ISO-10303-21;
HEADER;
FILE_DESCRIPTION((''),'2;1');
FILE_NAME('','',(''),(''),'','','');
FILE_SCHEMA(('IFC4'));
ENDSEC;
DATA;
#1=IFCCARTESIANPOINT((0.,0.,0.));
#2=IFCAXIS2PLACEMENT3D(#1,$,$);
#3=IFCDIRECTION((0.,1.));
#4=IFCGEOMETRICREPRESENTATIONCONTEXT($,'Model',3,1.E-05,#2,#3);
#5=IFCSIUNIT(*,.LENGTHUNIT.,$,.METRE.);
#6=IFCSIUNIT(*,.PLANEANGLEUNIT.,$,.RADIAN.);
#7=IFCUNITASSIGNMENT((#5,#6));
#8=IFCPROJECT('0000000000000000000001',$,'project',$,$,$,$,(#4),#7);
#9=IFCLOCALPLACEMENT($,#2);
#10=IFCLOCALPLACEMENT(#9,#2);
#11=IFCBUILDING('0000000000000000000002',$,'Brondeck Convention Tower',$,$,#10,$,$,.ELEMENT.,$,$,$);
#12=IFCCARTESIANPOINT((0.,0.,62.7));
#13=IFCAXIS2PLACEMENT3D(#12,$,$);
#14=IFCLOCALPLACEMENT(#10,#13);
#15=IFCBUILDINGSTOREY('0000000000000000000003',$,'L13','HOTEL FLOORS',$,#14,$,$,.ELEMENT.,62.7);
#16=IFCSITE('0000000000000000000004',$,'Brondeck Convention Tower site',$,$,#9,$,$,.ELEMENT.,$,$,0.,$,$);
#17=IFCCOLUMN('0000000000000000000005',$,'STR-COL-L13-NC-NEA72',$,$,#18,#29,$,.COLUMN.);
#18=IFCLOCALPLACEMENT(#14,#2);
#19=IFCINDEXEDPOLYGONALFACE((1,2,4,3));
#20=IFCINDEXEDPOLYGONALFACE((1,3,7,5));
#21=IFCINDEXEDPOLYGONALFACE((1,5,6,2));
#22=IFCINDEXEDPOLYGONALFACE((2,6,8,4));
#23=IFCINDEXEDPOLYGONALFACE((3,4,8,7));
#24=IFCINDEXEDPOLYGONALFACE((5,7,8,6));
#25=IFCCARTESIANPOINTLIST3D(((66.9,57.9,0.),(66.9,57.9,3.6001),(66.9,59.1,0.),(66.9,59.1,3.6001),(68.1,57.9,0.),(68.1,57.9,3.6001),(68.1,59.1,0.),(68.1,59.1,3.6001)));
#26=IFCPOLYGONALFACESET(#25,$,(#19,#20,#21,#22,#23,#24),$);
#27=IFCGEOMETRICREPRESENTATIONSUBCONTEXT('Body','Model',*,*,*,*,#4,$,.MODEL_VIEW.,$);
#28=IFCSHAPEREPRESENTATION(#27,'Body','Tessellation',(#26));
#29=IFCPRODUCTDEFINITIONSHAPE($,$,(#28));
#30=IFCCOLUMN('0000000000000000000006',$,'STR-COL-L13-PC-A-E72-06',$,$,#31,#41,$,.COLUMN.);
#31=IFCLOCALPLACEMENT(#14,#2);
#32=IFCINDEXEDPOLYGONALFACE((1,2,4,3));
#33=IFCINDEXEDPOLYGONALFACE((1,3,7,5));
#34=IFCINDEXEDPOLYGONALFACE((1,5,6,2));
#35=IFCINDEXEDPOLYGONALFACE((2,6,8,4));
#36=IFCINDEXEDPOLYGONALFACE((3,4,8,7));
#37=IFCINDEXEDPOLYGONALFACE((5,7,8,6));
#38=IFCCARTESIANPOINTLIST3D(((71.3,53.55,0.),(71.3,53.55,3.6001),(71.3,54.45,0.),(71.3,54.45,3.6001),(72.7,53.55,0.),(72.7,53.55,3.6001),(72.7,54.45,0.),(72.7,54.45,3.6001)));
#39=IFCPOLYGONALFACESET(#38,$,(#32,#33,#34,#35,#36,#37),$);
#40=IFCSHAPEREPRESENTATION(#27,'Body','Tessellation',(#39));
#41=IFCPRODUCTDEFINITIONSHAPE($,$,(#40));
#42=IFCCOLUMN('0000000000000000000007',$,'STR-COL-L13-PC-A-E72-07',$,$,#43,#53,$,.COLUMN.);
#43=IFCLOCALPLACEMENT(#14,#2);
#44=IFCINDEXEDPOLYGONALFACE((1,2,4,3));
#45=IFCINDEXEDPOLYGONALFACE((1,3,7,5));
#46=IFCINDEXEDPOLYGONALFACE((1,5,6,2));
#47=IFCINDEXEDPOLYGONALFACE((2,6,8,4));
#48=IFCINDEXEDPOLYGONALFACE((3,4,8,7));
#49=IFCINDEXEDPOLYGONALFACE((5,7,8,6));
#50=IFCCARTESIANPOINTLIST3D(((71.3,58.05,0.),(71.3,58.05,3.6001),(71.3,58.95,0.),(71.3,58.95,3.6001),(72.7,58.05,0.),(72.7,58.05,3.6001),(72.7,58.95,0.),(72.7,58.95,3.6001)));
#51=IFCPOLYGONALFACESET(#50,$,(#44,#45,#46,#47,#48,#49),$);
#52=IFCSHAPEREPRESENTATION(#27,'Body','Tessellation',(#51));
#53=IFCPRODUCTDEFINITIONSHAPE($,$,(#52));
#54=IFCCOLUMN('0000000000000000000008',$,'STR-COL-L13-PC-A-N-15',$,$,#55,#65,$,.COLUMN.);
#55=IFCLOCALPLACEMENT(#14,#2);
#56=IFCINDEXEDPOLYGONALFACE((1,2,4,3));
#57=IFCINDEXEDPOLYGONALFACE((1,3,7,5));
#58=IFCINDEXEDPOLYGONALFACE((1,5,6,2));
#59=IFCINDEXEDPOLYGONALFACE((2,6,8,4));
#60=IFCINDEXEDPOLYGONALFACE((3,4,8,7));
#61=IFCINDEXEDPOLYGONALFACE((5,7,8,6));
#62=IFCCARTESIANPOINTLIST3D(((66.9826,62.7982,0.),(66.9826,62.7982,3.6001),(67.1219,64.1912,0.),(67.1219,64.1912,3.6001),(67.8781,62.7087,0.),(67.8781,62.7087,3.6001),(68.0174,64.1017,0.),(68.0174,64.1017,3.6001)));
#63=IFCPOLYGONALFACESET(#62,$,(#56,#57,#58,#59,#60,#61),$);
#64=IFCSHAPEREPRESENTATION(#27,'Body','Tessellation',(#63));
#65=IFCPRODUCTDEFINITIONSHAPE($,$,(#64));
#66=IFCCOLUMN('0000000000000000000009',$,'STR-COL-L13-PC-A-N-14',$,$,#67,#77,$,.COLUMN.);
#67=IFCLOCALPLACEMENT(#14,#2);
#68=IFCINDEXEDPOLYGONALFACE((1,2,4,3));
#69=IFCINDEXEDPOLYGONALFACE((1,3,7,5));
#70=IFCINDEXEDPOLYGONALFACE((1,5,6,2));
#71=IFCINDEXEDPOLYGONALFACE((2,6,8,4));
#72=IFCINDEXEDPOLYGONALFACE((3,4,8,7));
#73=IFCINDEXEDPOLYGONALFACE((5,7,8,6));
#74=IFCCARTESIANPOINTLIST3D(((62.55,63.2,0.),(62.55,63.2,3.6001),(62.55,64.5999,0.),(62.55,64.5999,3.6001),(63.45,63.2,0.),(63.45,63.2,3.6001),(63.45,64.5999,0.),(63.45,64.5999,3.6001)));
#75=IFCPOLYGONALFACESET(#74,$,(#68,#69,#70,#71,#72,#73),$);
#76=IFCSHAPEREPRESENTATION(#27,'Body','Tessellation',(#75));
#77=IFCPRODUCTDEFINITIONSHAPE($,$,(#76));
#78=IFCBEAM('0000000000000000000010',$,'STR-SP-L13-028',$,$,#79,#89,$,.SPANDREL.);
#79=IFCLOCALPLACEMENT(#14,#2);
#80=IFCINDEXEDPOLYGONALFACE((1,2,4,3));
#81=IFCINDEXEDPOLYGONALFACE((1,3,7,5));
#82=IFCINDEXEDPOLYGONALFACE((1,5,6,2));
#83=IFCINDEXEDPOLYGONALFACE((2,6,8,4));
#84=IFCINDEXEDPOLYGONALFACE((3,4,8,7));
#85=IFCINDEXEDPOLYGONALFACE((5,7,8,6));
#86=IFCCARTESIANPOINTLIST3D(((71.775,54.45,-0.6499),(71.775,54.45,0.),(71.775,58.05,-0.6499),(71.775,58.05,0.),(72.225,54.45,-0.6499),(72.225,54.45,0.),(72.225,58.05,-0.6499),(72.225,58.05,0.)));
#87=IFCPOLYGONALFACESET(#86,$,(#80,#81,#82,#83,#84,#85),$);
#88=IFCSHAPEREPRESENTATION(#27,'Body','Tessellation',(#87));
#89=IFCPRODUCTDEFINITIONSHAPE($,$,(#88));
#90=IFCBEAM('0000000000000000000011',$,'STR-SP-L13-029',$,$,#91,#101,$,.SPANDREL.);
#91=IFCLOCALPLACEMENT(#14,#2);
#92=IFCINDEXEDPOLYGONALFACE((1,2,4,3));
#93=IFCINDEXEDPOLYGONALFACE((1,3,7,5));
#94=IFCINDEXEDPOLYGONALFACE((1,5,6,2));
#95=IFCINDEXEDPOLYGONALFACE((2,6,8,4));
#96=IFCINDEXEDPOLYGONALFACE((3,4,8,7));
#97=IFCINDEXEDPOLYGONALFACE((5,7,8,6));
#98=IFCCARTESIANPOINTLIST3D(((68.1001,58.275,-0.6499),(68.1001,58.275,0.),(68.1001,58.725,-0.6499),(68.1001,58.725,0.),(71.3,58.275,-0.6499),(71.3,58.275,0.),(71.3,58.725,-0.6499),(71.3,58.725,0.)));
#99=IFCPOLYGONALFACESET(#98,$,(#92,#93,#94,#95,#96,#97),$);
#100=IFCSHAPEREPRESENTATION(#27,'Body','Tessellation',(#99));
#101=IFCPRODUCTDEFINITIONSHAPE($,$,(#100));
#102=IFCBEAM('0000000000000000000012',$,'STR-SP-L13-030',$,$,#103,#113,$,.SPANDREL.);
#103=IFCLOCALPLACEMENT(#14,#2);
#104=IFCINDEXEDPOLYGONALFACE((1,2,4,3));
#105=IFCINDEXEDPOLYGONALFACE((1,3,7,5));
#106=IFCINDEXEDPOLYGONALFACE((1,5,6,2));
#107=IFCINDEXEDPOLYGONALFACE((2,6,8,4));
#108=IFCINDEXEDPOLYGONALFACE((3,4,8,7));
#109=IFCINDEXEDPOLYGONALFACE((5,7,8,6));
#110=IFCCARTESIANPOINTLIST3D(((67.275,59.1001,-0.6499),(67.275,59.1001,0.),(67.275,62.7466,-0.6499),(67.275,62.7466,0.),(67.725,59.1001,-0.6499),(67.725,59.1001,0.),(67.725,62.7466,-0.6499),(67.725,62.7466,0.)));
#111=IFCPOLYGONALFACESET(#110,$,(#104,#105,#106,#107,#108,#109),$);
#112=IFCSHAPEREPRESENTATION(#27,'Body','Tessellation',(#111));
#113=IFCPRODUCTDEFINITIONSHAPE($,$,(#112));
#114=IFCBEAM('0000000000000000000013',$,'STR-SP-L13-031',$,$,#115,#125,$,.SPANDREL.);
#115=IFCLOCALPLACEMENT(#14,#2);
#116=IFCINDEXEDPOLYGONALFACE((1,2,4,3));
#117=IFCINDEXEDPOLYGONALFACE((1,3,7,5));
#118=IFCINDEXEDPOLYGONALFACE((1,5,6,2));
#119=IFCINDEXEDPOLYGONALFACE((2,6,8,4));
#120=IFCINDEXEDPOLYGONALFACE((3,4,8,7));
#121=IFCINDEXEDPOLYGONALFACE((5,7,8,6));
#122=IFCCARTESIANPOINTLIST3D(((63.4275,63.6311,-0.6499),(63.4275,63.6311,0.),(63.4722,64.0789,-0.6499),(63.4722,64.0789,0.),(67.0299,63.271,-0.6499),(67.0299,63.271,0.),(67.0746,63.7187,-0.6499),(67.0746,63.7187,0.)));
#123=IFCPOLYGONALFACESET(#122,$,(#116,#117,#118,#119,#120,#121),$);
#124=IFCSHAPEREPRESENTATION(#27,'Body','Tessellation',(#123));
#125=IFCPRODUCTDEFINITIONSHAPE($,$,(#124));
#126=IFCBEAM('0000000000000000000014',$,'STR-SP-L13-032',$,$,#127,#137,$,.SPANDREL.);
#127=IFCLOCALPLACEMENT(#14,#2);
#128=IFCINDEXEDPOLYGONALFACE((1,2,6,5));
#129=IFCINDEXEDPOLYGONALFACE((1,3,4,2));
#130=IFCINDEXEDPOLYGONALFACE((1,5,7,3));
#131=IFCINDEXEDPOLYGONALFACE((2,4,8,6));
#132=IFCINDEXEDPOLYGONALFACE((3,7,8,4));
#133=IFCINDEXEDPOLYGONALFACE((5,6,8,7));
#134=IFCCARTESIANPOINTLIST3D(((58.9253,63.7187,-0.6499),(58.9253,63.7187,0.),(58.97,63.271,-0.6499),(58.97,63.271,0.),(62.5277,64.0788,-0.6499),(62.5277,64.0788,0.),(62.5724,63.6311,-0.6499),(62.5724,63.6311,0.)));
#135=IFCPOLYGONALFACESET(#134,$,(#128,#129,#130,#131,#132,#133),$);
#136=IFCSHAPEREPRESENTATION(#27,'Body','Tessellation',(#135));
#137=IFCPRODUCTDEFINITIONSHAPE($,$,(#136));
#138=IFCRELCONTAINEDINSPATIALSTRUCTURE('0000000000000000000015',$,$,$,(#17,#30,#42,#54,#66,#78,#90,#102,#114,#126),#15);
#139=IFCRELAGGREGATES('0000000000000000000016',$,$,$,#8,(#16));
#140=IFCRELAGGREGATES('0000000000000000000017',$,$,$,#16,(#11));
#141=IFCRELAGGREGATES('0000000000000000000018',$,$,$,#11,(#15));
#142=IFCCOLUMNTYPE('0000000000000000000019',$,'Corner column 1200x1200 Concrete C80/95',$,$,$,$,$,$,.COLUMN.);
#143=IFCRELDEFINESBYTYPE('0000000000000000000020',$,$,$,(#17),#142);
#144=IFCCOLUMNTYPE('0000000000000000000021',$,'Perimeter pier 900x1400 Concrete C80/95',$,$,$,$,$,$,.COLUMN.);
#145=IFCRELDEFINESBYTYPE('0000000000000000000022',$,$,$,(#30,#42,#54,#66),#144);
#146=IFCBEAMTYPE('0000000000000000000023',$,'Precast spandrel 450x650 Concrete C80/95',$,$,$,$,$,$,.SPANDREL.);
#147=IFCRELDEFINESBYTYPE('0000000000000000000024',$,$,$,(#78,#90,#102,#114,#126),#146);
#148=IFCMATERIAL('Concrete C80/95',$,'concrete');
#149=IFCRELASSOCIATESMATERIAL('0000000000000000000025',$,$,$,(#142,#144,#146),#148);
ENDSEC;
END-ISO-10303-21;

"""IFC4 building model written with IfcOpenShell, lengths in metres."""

from ifc_helpers import new_model, si_unit, direction, frame, origin, origin_2d, place, context, subcontext, project, spatial, rectangle, extrude, material, material_profile, profile_set, type_object, element, save


model = new_model("IFC4")

# Units and contexts
model_context = context("Model", 3, precision=1e-05, world=origin(), true_north=direction((0.0, 1.0)))
body_context = subcontext(model_context, "Body", "Model", "MODEL_VIEW")
ifc_project = project(units=[si_unit("LENGTHUNIT", "METRE"), si_unit("PLANEANGLEUNIT", "RADIAN")], contexts=[model_context])

# Site, building, storey
site_placement = place(None, origin())
site = spatial("IfcSite", under=ifc_project, at=site_placement, Name="Brondeck Convention Tower site", CompositionType="ELEMENT", RefElevation=0.0)
building_placement = place(site_placement, origin())
building = spatial("IfcBuilding", under=site, at=building_placement, Name="Brondeck Convention Tower", CompositionType="ELEMENT")
storey_placement = place(building_placement, frame((0.0, 0.0, 62.7)))
storey = spatial("IfcBuildingStorey", under=building, at=storey_placement, Name="L13", Description="HOTEL FLOORS", CompositionType="ELEMENT", Elevation=62.7)

# Columns
ifc_material_1 = material(Name="Concrete C80/95", Category="concrete")
ifc_material_profile_1 = material_profile(ifc_material_1, rectangle(XDim=1.2, YDim=1.2, at=origin_2d()), Name="Corner column 1200x1200 Concrete C80/95")
ifc_profile_set_1 = profile_set([ifc_material_profile_1], Name="Concrete C80/95")
column_type_1 = type_object("IfcColumnType", Name="Corner column 1200x1200 Concrete C80/95", PredefinedType="COLUMN", material=ifc_profile_set_1)
column_placement = place(storey_placement, frame((67.5, 58.5, 0.0), z_axis=(0.0, 0.0, 1.0), x_axis=(1.0, 0.0, 0.0)))
element("IfcColumn", 1, at=column_placement, inside=storey, type_object=column_type_1, Name="STR-COL-L13-NC-NEA72", PredefinedType="COLUMN", context=body_context, shape_type="SweptSolid", body=[
    extrude(rectangle(XDim=1.2, YDim=1.2, at=origin_2d()), origin(), (0.0, 0.0, 1.0), 3.6001),
])
ifc_material_profile_2 = material_profile(ifc_material_1, rectangle(XDim=0.8999, YDim=1.3999, at=origin_2d()), Name="Perimeter pier 900x1400 Concrete C80/95")
ifc_profile_set_2 = profile_set([ifc_material_profile_2], Name="Concrete C80/95")
column_type_2 = type_object("IfcColumnType", Name="Perimeter pier 900x1400 Concrete C80/95", PredefinedType="COLUMN", material=ifc_profile_set_2)
for number, where, z_axis, x_axis, name in (
    (2, (72.0, 54.0, 0.0), (0.0, 0.0, 1.0), (0.0, 1.0, 0.0), "STR-COL-L13-PC-A-E72-06"),
    (3, (72.0, 58.5, 0.0), (0.0, 0.0, 1.0), (0.0, 1.0, 0.0), "STR-COL-L13-PC-A-E72-07"),
    (4, (67.5, 63.45, 0.0), (0.0, 0.0, 1.0), (-0.995037, 0.099504, 0.0), "STR-COL-L13-PC-A-N-15"),
    (5, (63.0, 63.8999, 0.0), (0.0, 0.0, 1.0), (-1.0, 0.0, 0.0), "STR-COL-L13-PC-A-N-14"),
):
    element("IfcColumn", number, at=place(storey_placement, frame(where, z_axis=z_axis, x_axis=x_axis)), inside=storey, type_object=column_type_2, Name=name, PredefinedType="COLUMN", context=body_context, shape_type="SweptSolid", body=[
        extrude(rectangle(XDim=0.8999, YDim=1.3999, at=origin_2d()), origin(), (0.0, 0.0, 1.0), 3.6001),
    ])

# Beams
ifc_material_profile_3 = material_profile(ifc_material_1, rectangle(XDim=0.45, YDim=0.6499, at=origin_2d()), Name="Precast spandrel 450x650 Concrete C80/95")
ifc_profile_set_3 = profile_set([ifc_material_profile_3], Name="Concrete C80/95")
beam_type = type_object("IfcBeamType", Name="Precast spandrel 450x650 Concrete C80/95", PredefinedType="SPANDREL", material=ifc_profile_set_3)
beam_1_placement = place(storey_placement, frame((72.0, 54.45, -0.325), z_axis=(0.0, 1.0, 0.0), x_axis=(-1.0, 0.0, 0.0)))
element("IfcBeam", 6, at=beam_1_placement, inside=storey, type_object=beam_type, Name="STR-SP-L13-028", PredefinedType="SPANDREL", context=body_context, shape_type="SweptSolid", body=[
    extrude(rectangle(XDim=0.45, YDim=0.6499, at=origin_2d()), origin(), (0.0, 0.0, 1.0), 3.6001),
])
beam_2_placement = place(storey_placement, frame((71.3, 58.5, -0.325), z_axis=(-1.0, 0.0, 0.0), x_axis=(0.0, -1.0, 0.0)))
element("IfcBeam", 7, at=beam_2_placement, inside=storey, type_object=beam_type, Name="STR-SP-L13-029", PredefinedType="SPANDREL", context=body_context, shape_type="SweptSolid", body=[
    extrude(rectangle(XDim=0.45, YDim=0.6499, at=origin_2d()), origin(), (0.0, 0.0, 1.0), 3.2),
])
beam_3_placement = place(storey_placement, frame((67.5, 59.1001, -0.325), z_axis=(0.0, 1.0, 0.0), x_axis=(-1.0, 0.0, 0.0)))
element("IfcBeam", 8, at=beam_3_placement, inside=storey, type_object=beam_type, Name="STR-SP-L13-030", PredefinedType="SPANDREL", context=body_context, shape_type="SweptSolid", body=[
    extrude(rectangle(XDim=0.45, YDim=0.6499, at=origin_2d()), origin(), (0.0, 0.0, 1.0), 3.6465),
])
for number, where, z_axis, x_axis, name in (
    (9, (67.0522, 63.4949, -0.325), (-0.995041, 0.09947, 0.0), (-0.09947, -0.995041, 0.0), "STR-SP-L13-031"),
    (10, (62.55, 63.855, -0.325), (-0.995041, -0.09947, 0.0), (0.09947, -0.995041, 0.0), "STR-SP-L13-032"),
):
    element("IfcBeam", number, at=place(storey_placement, frame(where, z_axis=z_axis, x_axis=x_axis)), inside=storey, type_object=beam_type, Name=name, PredefinedType="SPANDREL", context=body_context, shape_type="SweptSolid", body=[
        extrude(rectangle(XDim=0.45, YDim=0.6499, at=origin_2d()), origin(), (0.0, 0.0, 1.0), 3.6204),
    ])

save(model, "model.ifc")
